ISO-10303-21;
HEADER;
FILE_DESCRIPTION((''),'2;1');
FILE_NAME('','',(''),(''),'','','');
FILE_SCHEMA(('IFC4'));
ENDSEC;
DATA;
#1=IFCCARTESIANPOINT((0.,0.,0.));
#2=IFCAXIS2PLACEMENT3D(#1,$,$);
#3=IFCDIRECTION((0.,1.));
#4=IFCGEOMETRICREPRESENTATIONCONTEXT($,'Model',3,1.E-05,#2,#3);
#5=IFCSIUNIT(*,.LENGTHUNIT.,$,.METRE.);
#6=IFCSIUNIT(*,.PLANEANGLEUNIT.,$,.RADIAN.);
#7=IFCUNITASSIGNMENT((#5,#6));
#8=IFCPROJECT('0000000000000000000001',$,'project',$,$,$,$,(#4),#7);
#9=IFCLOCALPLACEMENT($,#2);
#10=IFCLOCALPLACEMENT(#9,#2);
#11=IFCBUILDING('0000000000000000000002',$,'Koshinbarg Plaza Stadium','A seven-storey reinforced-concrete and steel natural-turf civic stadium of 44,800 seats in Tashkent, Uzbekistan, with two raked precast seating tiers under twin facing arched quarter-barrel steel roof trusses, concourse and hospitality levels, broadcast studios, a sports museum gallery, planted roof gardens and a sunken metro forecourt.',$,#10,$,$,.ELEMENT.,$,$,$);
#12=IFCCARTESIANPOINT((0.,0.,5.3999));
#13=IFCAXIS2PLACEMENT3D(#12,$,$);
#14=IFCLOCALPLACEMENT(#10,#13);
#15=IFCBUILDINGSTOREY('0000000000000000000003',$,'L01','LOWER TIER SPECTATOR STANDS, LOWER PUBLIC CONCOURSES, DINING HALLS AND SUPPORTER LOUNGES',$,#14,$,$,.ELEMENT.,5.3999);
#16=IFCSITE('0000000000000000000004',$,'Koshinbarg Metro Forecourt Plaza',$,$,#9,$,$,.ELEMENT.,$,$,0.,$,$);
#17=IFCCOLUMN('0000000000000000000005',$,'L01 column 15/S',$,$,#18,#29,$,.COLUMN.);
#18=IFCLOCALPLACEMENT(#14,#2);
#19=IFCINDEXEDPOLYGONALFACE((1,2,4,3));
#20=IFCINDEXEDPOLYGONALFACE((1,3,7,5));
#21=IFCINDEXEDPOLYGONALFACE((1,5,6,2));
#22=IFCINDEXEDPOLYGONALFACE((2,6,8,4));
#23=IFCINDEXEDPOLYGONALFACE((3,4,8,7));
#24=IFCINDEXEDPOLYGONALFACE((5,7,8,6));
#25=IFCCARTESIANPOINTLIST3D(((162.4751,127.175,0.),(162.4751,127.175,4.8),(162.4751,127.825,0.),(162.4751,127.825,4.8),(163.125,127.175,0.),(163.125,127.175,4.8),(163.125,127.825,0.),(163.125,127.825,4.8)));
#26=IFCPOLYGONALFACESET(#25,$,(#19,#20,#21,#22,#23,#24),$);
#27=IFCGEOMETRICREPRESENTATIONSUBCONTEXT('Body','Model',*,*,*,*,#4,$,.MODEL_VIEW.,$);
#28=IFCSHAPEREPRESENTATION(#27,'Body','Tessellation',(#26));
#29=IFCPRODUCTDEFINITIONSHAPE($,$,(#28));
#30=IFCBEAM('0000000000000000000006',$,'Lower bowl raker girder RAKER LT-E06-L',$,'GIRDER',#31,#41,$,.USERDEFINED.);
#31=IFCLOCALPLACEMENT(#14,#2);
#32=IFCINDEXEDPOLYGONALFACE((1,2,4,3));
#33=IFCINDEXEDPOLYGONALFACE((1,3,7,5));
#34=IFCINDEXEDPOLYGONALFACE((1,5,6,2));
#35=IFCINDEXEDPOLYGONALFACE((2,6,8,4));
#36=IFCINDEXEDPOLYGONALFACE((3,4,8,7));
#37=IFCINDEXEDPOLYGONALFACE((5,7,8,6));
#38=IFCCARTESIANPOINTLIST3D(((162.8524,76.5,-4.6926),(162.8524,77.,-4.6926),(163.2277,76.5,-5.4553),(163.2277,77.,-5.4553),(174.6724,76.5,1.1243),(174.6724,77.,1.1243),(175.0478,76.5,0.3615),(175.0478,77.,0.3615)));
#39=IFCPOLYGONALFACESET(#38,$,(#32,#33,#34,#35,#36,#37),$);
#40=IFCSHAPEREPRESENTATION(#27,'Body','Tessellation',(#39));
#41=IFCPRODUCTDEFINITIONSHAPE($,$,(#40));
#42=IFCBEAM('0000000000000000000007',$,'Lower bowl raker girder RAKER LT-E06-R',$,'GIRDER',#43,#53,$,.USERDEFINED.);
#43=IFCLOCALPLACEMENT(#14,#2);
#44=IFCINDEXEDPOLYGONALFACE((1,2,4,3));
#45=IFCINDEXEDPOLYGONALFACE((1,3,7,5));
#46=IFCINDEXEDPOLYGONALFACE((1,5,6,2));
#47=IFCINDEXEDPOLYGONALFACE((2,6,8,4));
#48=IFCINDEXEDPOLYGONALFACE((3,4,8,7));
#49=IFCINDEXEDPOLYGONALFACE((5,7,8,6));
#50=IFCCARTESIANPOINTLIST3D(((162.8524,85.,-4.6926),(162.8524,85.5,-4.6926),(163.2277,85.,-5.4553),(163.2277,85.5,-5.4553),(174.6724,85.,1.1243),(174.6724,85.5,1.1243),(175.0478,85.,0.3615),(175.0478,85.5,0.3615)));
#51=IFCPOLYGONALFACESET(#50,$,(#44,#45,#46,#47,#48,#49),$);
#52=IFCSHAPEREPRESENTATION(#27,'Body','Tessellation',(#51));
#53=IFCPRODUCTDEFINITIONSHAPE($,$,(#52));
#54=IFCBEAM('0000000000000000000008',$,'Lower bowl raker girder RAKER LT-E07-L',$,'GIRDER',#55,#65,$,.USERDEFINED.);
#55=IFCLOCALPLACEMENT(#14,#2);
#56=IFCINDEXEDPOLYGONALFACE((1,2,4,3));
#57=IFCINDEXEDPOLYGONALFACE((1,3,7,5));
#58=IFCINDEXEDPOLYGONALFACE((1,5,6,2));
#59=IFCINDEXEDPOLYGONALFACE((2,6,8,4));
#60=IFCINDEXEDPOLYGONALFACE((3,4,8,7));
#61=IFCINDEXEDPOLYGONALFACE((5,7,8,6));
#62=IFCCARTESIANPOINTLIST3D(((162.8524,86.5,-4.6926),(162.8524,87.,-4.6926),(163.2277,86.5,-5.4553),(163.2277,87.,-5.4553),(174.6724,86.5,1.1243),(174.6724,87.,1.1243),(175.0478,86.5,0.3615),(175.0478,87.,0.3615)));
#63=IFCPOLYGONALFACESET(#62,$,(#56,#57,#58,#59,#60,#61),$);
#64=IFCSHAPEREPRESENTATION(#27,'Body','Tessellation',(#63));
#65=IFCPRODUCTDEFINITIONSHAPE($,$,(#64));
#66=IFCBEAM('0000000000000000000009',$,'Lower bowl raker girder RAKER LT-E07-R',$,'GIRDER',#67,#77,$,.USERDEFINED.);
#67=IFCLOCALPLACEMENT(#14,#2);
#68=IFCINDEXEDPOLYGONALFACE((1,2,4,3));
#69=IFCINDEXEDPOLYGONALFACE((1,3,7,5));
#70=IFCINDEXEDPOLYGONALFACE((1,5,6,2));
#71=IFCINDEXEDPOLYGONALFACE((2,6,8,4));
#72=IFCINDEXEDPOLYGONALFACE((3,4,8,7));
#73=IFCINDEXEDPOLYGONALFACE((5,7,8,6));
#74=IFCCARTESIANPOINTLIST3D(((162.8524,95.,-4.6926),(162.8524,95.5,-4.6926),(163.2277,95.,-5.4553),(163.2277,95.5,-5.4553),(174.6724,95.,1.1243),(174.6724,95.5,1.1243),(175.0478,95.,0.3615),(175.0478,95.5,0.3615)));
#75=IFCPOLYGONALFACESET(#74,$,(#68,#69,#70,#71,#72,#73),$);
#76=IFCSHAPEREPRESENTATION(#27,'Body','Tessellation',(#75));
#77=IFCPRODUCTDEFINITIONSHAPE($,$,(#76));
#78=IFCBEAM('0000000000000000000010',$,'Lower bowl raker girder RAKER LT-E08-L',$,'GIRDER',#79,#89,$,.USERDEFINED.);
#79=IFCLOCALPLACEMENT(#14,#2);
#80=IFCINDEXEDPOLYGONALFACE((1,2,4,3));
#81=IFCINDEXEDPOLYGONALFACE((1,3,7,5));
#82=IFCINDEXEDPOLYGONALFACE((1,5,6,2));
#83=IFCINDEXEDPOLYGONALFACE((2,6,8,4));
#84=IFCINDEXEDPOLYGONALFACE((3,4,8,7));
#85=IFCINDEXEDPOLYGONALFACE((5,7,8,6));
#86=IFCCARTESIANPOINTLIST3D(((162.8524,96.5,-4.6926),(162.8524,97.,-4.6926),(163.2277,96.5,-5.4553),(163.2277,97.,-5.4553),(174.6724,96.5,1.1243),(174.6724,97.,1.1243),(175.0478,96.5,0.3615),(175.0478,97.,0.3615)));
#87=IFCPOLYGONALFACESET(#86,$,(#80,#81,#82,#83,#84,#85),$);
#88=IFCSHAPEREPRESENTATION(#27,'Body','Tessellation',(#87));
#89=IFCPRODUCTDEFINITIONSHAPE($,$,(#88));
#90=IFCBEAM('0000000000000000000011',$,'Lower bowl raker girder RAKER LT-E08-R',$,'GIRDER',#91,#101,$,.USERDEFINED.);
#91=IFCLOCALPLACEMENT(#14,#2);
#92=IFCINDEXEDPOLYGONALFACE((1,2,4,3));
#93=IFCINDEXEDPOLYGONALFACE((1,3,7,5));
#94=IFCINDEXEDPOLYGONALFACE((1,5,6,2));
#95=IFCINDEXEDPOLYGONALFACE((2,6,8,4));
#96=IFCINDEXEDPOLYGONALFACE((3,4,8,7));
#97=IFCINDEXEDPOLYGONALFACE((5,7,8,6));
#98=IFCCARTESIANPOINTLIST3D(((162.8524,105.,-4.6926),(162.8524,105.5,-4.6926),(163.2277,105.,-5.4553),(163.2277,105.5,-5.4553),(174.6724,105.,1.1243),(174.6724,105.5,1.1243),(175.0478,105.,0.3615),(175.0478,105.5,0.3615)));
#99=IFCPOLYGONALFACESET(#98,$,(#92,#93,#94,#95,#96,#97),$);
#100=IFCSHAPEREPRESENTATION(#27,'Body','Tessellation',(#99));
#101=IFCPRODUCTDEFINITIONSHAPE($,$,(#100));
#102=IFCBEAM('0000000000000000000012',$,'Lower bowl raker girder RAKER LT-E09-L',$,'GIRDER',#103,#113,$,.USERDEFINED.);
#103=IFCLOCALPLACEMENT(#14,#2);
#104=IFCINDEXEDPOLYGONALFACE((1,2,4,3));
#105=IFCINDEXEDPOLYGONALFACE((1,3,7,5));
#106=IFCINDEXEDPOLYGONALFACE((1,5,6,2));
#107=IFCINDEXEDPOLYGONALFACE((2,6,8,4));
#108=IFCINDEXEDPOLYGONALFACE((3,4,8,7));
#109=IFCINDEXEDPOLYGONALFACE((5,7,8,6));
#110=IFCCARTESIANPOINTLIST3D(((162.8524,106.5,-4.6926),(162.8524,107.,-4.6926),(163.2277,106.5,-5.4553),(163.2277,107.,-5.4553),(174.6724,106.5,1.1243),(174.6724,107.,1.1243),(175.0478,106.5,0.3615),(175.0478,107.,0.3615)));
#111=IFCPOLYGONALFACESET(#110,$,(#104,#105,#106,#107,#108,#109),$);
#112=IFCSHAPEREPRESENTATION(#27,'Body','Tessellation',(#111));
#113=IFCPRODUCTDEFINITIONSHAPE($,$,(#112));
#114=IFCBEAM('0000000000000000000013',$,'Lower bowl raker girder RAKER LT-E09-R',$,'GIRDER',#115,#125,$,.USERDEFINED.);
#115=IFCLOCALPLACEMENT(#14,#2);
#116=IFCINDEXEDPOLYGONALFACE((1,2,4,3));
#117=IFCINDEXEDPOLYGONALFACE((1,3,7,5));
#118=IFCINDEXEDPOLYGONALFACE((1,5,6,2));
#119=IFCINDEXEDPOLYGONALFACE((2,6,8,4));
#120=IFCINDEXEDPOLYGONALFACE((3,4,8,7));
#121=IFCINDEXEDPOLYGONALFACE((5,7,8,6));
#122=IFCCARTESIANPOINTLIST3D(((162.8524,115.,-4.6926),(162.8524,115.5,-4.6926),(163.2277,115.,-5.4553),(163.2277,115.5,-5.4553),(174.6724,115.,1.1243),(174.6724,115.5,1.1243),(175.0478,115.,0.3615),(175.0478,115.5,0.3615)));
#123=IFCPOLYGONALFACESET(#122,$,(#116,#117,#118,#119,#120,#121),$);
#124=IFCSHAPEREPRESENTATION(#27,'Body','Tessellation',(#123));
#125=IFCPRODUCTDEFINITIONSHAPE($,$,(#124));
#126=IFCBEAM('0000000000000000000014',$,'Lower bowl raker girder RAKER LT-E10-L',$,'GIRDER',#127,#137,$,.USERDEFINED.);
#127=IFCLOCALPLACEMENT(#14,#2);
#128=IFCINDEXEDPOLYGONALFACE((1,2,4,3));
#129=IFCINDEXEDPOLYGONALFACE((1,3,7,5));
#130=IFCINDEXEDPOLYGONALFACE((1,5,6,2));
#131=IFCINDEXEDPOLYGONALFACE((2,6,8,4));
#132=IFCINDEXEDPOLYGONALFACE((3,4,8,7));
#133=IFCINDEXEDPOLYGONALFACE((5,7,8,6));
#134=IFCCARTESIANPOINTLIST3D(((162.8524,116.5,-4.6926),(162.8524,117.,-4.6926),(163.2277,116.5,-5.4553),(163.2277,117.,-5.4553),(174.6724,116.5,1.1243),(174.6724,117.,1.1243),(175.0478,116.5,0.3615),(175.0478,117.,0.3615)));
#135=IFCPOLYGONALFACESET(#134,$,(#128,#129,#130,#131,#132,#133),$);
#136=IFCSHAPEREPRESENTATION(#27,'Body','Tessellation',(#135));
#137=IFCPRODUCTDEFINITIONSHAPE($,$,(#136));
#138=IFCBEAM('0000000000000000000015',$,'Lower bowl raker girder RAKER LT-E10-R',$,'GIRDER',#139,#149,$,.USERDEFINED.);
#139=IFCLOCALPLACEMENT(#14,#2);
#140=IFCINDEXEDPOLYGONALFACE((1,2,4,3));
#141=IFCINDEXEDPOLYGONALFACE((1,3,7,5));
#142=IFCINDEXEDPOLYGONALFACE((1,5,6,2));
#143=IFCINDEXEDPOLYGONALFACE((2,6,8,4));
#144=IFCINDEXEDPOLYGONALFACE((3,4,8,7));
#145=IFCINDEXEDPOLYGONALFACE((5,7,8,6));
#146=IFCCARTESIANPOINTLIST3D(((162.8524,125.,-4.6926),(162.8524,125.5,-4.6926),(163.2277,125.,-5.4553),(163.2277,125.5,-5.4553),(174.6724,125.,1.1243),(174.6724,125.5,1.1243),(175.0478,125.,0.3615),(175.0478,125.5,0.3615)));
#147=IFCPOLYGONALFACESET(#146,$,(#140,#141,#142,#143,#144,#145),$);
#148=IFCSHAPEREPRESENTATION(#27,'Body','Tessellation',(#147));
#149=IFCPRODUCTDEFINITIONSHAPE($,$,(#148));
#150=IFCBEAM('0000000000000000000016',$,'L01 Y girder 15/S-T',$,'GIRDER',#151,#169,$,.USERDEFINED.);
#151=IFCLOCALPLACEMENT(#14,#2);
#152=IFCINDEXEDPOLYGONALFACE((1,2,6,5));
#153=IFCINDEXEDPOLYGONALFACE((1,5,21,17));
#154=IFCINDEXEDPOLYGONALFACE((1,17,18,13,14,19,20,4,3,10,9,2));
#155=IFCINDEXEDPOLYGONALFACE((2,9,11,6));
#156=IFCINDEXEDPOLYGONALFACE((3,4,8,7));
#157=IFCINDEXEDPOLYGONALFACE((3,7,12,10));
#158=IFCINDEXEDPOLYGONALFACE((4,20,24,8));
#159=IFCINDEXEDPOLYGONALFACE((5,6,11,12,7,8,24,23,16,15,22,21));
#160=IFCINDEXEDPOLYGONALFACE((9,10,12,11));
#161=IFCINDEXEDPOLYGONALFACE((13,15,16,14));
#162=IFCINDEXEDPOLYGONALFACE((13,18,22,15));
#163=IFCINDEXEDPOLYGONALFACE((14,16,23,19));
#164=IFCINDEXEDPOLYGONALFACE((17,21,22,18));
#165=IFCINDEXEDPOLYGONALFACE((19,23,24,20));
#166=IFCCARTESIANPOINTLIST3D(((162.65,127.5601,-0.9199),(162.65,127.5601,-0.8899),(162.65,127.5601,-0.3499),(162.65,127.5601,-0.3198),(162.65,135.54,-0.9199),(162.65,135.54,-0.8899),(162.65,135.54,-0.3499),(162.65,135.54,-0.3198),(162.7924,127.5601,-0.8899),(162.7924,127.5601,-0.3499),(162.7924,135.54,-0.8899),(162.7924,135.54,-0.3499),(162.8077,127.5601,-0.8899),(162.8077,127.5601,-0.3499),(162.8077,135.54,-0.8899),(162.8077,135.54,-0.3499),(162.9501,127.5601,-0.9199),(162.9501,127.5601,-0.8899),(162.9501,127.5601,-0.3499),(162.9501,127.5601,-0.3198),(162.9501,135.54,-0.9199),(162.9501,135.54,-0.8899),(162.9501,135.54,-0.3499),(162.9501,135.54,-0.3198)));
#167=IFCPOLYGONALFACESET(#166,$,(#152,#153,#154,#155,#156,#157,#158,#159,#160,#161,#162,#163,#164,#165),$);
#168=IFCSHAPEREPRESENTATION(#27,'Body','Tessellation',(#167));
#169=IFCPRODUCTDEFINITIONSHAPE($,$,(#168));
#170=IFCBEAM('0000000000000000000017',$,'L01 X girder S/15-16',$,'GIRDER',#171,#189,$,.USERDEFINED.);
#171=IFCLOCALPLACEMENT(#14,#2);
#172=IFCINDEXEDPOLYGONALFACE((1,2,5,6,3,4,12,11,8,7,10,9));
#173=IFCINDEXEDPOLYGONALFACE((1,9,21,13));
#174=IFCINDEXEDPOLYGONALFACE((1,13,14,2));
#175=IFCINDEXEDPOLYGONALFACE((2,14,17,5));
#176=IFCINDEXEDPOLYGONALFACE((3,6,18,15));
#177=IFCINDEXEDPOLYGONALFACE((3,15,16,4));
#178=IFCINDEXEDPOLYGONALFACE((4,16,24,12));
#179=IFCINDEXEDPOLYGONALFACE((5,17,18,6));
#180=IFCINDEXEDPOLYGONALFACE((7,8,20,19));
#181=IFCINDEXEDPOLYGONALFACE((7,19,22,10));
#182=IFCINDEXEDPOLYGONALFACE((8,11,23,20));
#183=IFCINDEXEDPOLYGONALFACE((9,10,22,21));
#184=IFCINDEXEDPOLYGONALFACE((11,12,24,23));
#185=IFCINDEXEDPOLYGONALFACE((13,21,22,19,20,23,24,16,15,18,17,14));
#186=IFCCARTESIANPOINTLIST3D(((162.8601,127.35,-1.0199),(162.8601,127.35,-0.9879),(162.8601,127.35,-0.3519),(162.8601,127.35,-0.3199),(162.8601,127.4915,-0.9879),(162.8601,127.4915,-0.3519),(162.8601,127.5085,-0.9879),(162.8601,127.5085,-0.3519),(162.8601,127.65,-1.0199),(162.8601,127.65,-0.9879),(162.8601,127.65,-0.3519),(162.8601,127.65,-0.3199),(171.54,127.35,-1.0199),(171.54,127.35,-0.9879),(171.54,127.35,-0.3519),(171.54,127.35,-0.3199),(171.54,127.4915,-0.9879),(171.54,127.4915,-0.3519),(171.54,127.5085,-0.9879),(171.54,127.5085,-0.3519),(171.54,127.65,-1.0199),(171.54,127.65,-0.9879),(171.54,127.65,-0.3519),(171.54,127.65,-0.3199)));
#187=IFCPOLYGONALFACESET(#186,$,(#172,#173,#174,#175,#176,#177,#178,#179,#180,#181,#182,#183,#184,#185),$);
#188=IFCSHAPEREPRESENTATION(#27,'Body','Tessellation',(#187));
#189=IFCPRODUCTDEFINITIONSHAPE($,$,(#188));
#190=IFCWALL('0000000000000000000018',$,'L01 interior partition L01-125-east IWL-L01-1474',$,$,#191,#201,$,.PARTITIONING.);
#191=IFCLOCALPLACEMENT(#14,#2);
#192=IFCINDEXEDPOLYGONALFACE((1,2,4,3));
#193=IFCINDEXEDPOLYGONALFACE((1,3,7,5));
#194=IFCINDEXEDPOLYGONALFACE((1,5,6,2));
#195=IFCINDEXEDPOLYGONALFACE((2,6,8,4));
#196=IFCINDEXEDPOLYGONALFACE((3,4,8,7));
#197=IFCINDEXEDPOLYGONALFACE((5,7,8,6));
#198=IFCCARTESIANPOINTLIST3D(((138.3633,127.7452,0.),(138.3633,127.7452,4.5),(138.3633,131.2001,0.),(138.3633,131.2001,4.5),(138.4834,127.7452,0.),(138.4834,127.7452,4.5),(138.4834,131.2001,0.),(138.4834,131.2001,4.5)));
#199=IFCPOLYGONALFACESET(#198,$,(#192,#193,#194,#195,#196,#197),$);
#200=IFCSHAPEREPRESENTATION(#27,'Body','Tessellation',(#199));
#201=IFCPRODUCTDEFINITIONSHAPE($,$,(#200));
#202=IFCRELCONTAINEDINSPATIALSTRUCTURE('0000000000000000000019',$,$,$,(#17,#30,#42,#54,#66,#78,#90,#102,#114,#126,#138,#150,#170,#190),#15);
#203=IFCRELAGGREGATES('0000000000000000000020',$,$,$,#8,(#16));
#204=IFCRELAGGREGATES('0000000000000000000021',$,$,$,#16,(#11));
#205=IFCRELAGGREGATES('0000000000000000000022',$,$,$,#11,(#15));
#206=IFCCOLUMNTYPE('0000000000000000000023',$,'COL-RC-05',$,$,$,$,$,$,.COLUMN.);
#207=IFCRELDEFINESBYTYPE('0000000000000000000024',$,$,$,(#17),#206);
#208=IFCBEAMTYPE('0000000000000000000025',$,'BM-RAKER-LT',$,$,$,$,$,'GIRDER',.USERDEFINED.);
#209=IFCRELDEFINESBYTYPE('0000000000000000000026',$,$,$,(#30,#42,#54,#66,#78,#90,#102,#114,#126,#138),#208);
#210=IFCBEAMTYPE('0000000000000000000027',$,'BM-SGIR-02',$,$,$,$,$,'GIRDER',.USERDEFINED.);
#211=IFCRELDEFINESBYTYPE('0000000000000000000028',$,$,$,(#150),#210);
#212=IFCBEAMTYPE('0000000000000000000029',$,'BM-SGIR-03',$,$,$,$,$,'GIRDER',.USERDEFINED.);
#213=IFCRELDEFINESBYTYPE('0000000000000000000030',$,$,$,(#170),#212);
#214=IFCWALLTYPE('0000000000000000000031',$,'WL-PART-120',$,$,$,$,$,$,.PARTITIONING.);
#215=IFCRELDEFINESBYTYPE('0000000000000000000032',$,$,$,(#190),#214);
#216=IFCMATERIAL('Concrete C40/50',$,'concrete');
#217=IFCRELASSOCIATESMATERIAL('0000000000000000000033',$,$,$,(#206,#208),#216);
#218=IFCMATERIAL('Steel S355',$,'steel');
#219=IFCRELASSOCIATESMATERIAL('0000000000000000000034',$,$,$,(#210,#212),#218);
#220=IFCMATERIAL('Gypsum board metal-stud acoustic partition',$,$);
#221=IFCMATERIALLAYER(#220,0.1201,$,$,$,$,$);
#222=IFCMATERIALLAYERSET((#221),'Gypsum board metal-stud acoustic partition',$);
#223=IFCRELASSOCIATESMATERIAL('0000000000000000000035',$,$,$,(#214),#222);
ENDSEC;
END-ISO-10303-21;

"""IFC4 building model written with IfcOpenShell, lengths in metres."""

from ifc_helpers import new_model, si_unit, direction, frame, frame_2d, origin, origin_2d, place, context, subcontext, project, spatial, rectangle, i_section, extrude, material, layer, layer_set, material_profile, profile_set, type_object, element, save


model = new_model("IFC4")

# Units and contexts
model_context = context("Model", 3, precision=1e-05, world=origin(), true_north=direction((0.0, 1.0)))
body_context = subcontext(model_context, "Body", "Model", "MODEL_VIEW")
ifc_project = project(units=[si_unit("LENGTHUNIT", "METRE"), si_unit("PLANEANGLEUNIT", "RADIAN")], contexts=[model_context])

# Site, building, storey
site_placement = place(None, origin())
site = spatial("IfcSite", under=ifc_project, at=site_placement, Name="Koshinbarg Metro Forecourt Plaza", CompositionType="ELEMENT", RefElevation=0.0)
building_placement = place(site_placement, origin())
building = spatial("IfcBuilding", under=site, at=building_placement, Name="Koshinbarg Plaza Stadium", Description="A seven-storey reinforced-concrete and steel natural-turf civic stadium of 44,800 seats in Tashkent, Uzbekistan, with two raked precast seating tiers under twin facing arched quarter-barrel steel roof trusses, concourse and hospitality levels, broadcast studios, a sports museum gallery, planted roof gardens and a sunken metro forecourt.", CompositionType="ELEMENT")
storey_placement = place(building_placement, frame((0.0, 0.0, 5.3999)))
storey = spatial("IfcBuildingStorey", under=building, at=storey_placement, Name="L01", Description="LOWER TIER SPECTATOR STANDS, LOWER PUBLIC CONCOURSES, DINING HALLS AND SUPPORTER LOUNGES", CompositionType="ELEMENT", Elevation=5.3999)

# Column
ifc_material_1 = material(Name="Concrete C40/50", Category="concrete")
ifc_material_profile_1 = material_profile(ifc_material_1, rectangle(XDim=0.6499, YDim=0.6499, at=origin_2d()), Name="RC 650x650")
ifc_profile_set_1 = profile_set([ifc_material_profile_1], Name="Concrete C40/50")
column_type = type_object("IfcColumnType", Name="COL-RC-05", PredefinedType="COLUMN", material=ifc_profile_set_1)
column_placement = place(storey_placement, frame((162.8, 127.5, 0.0), z_axis=(0.0, 0.0, 1.0), x_axis=(1.0, 0.0, 0.0)))
element("IfcColumn", 1, at=column_placement, inside=storey, type_object=column_type, Name="L01 column 15/S", PredefinedType="COLUMN", context=body_context, shape_type="SweptSolid", body=[
    extrude(rectangle(XDim=0.6499, YDim=0.6499, at=origin_2d()), origin(), (0.0, 0.0, 1.0), 4.8),
])

# Beams
ifc_material_profile_2 = material_profile(ifc_material_1, rectangle(XDim=0.5, YDim=0.8501, at=origin_2d()), Name="RC 500x850")
ifc_profile_set_2 = profile_set([ifc_material_profile_2], Name="Concrete C40/50")
beam_type_1 = type_object("IfcBeamType", Name="BM-RAKER-LT", ElementType="GIRDER", PredefinedType="USERDEFINED", material=ifc_profile_set_2)
for number, where, z_axis, x_axis, name in (
    (2, (163.04, 76.75, -5.074), (0.897237, 0.0, 0.441549), (0.0, 1.0, 0.0), "Lower bowl raker girder RAKER LT-E06-L"),
    (3, (163.04, 85.25, -5.074), (0.897237, 0.0, 0.441549), (0.0, 1.0, 0.0), "Lower bowl raker girder RAKER LT-E06-R"),
    (4, (163.04, 86.75, -5.074), (0.897237, 0.0, 0.441549), (0.0, 1.0, 0.0), "Lower bowl raker girder RAKER LT-E07-L"),
    (5, (163.04, 95.25, -5.074), (0.897237, 0.0, 0.441549), (0.0, 1.0, 0.0), "Lower bowl raker girder RAKER LT-E07-R"),
    (6, (163.04, 96.75, -5.074), (0.897237, 0.0, 0.441549), (0.0, 1.0, 0.0), "Lower bowl raker girder RAKER LT-E08-L"),
    (7, (163.04, 105.25, -5.074), (0.897237, 0.0, 0.441549), (0.0, 1.0, 0.0), "Lower bowl raker girder RAKER LT-E08-R"),
    (8, (163.04, 106.75, -5.074), (0.897237, 0.0, 0.441549), (0.0, 1.0, 0.0), "Lower bowl raker girder RAKER LT-E09-L"),
    (9, (163.04, 115.25, -5.074), (0.897237, 0.0, 0.441549), (0.0, 1.0, 0.0), "Lower bowl raker girder RAKER LT-E09-R"),
    (10, (163.04, 116.75, -5.074), (0.897237, 0.0, 0.441549), (0.0, 1.0, 0.0), "Lower bowl raker girder RAKER LT-E10-L"),
    (11, (163.04, 125.25, -5.074), (0.897237, 0.0, 0.441549), (0.0, 1.0, 0.0), "Lower bowl raker girder RAKER LT-E10-R"),
):
    element("IfcBeam", number, at=place(storey_placement, frame(where, z_axis=z_axis, x_axis=x_axis)), inside=storey, type_object=beam_type_1, Name=name, ObjectType="GIRDER", PredefinedType="USERDEFINED", context=body_context, shape_type="SweptSolid", body=[
        extrude(rectangle(XDim=0.5, YDim=0.8501, at=origin_2d()), origin(), (0.0, 0.0, 1.0), 13.1738),
    ])
ifc_material_2 = material(Name="Steel S355", Category="steel")
ifc_material_profile_3 = material_profile(ifc_material_2, i_section(OverallWidth=0.3, OverallDepth=0.6001, WebThickness=0.0154, FlangeThickness=0.03, at=origin_2d()), Name="HEB 600")
ifc_profile_set_3 = profile_set([ifc_material_profile_3], Name="Steel S355")
beam_type_2 = type_object("IfcBeamType", Name="BM-SGIR-02", ElementType="GIRDER", PredefinedType="USERDEFINED", material=ifc_profile_set_3)
beam_1_placement = place(storey_placement, frame((162.8, 127.5601, -0.6199), z_axis=(0.0, 1.0, 0.0), x_axis=(-1.0, 0.0, 0.0)))
element("IfcBeam", 12, at=beam_1_placement, inside=storey, type_object=beam_type_2, Name="L01 Y girder 15/S-T", ObjectType="GIRDER", PredefinedType="USERDEFINED", context=body_context, shape_type="SweptSolid", body=[
    extrude(i_section(OverallWidth=0.3, OverallDepth=0.6001, WebThickness=0.0154, FlangeThickness=0.03, at=origin_2d()), origin(), (0.0, 0.0, 1.0), 7.98),
])
ifc_material_profile_4 = material_profile(ifc_material_2, i_section(OverallWidth=0.3, OverallDepth=0.7, WebThickness=0.0171, FlangeThickness=0.032, at=origin_2d()), Name="HEB 700")
ifc_profile_set_4 = profile_set([ifc_material_profile_4], Name="Steel S355")
beam_type_3 = type_object("IfcBeamType", Name="BM-SGIR-03", ElementType="GIRDER", PredefinedType="USERDEFINED", material=ifc_profile_set_4)
beam_2_placement = place(storey_placement, frame((162.8601, 127.5, -0.6699), z_axis=(1.0, 0.0, 0.0), x_axis=(0.0, 1.0, 0.0)))
element("IfcBeam", 13, at=beam_2_placement, inside=storey, type_object=beam_type_3, Name="L01 X girder S/15-16", ObjectType="GIRDER", PredefinedType="USERDEFINED", context=body_context, shape_type="SweptSolid", body=[
    extrude(i_section(OverallWidth=0.3, OverallDepth=0.7, WebThickness=0.0171, FlangeThickness=0.032, at=origin_2d()), origin(), (0.0, 0.0, 1.0), 8.6799),
])

# Wall
ifc_material_3 = material(Name="Gypsum board metal-stud acoustic partition")
ifc_layer = layer(ifc_material_3, 0.1201)
ifc_layer_set = layer_set([ifc_layer], Name="Gypsum board metal-stud acoustic partition")
wall_type = type_object("IfcWallType", Name="WL-PART-120", PredefinedType="PARTITIONING", material=ifc_layer_set)
wall_1_placement = place(storey_placement, frame((138.4233, 127.7451, 0.0), z_axis=(0.0, 0.0, 1.0), x_axis=(0.0, 1.0, 0.0)))
element("IfcWall", 14, at=wall_1_placement, inside=storey, type_object=wall_type, Name="L01 interior partition L01-125-east IWL-L01-1474", PredefinedType="PARTITIONING", context=body_context, shape_type="SweptSolid", body=[
    extrude(rectangle(XDim=3.4548, YDim=0.1201, at=frame_2d((1.7275, 0.0))), origin(), (0.0, 0.0, 1.0), 4.5),
])

save(model, "model.ifc")
